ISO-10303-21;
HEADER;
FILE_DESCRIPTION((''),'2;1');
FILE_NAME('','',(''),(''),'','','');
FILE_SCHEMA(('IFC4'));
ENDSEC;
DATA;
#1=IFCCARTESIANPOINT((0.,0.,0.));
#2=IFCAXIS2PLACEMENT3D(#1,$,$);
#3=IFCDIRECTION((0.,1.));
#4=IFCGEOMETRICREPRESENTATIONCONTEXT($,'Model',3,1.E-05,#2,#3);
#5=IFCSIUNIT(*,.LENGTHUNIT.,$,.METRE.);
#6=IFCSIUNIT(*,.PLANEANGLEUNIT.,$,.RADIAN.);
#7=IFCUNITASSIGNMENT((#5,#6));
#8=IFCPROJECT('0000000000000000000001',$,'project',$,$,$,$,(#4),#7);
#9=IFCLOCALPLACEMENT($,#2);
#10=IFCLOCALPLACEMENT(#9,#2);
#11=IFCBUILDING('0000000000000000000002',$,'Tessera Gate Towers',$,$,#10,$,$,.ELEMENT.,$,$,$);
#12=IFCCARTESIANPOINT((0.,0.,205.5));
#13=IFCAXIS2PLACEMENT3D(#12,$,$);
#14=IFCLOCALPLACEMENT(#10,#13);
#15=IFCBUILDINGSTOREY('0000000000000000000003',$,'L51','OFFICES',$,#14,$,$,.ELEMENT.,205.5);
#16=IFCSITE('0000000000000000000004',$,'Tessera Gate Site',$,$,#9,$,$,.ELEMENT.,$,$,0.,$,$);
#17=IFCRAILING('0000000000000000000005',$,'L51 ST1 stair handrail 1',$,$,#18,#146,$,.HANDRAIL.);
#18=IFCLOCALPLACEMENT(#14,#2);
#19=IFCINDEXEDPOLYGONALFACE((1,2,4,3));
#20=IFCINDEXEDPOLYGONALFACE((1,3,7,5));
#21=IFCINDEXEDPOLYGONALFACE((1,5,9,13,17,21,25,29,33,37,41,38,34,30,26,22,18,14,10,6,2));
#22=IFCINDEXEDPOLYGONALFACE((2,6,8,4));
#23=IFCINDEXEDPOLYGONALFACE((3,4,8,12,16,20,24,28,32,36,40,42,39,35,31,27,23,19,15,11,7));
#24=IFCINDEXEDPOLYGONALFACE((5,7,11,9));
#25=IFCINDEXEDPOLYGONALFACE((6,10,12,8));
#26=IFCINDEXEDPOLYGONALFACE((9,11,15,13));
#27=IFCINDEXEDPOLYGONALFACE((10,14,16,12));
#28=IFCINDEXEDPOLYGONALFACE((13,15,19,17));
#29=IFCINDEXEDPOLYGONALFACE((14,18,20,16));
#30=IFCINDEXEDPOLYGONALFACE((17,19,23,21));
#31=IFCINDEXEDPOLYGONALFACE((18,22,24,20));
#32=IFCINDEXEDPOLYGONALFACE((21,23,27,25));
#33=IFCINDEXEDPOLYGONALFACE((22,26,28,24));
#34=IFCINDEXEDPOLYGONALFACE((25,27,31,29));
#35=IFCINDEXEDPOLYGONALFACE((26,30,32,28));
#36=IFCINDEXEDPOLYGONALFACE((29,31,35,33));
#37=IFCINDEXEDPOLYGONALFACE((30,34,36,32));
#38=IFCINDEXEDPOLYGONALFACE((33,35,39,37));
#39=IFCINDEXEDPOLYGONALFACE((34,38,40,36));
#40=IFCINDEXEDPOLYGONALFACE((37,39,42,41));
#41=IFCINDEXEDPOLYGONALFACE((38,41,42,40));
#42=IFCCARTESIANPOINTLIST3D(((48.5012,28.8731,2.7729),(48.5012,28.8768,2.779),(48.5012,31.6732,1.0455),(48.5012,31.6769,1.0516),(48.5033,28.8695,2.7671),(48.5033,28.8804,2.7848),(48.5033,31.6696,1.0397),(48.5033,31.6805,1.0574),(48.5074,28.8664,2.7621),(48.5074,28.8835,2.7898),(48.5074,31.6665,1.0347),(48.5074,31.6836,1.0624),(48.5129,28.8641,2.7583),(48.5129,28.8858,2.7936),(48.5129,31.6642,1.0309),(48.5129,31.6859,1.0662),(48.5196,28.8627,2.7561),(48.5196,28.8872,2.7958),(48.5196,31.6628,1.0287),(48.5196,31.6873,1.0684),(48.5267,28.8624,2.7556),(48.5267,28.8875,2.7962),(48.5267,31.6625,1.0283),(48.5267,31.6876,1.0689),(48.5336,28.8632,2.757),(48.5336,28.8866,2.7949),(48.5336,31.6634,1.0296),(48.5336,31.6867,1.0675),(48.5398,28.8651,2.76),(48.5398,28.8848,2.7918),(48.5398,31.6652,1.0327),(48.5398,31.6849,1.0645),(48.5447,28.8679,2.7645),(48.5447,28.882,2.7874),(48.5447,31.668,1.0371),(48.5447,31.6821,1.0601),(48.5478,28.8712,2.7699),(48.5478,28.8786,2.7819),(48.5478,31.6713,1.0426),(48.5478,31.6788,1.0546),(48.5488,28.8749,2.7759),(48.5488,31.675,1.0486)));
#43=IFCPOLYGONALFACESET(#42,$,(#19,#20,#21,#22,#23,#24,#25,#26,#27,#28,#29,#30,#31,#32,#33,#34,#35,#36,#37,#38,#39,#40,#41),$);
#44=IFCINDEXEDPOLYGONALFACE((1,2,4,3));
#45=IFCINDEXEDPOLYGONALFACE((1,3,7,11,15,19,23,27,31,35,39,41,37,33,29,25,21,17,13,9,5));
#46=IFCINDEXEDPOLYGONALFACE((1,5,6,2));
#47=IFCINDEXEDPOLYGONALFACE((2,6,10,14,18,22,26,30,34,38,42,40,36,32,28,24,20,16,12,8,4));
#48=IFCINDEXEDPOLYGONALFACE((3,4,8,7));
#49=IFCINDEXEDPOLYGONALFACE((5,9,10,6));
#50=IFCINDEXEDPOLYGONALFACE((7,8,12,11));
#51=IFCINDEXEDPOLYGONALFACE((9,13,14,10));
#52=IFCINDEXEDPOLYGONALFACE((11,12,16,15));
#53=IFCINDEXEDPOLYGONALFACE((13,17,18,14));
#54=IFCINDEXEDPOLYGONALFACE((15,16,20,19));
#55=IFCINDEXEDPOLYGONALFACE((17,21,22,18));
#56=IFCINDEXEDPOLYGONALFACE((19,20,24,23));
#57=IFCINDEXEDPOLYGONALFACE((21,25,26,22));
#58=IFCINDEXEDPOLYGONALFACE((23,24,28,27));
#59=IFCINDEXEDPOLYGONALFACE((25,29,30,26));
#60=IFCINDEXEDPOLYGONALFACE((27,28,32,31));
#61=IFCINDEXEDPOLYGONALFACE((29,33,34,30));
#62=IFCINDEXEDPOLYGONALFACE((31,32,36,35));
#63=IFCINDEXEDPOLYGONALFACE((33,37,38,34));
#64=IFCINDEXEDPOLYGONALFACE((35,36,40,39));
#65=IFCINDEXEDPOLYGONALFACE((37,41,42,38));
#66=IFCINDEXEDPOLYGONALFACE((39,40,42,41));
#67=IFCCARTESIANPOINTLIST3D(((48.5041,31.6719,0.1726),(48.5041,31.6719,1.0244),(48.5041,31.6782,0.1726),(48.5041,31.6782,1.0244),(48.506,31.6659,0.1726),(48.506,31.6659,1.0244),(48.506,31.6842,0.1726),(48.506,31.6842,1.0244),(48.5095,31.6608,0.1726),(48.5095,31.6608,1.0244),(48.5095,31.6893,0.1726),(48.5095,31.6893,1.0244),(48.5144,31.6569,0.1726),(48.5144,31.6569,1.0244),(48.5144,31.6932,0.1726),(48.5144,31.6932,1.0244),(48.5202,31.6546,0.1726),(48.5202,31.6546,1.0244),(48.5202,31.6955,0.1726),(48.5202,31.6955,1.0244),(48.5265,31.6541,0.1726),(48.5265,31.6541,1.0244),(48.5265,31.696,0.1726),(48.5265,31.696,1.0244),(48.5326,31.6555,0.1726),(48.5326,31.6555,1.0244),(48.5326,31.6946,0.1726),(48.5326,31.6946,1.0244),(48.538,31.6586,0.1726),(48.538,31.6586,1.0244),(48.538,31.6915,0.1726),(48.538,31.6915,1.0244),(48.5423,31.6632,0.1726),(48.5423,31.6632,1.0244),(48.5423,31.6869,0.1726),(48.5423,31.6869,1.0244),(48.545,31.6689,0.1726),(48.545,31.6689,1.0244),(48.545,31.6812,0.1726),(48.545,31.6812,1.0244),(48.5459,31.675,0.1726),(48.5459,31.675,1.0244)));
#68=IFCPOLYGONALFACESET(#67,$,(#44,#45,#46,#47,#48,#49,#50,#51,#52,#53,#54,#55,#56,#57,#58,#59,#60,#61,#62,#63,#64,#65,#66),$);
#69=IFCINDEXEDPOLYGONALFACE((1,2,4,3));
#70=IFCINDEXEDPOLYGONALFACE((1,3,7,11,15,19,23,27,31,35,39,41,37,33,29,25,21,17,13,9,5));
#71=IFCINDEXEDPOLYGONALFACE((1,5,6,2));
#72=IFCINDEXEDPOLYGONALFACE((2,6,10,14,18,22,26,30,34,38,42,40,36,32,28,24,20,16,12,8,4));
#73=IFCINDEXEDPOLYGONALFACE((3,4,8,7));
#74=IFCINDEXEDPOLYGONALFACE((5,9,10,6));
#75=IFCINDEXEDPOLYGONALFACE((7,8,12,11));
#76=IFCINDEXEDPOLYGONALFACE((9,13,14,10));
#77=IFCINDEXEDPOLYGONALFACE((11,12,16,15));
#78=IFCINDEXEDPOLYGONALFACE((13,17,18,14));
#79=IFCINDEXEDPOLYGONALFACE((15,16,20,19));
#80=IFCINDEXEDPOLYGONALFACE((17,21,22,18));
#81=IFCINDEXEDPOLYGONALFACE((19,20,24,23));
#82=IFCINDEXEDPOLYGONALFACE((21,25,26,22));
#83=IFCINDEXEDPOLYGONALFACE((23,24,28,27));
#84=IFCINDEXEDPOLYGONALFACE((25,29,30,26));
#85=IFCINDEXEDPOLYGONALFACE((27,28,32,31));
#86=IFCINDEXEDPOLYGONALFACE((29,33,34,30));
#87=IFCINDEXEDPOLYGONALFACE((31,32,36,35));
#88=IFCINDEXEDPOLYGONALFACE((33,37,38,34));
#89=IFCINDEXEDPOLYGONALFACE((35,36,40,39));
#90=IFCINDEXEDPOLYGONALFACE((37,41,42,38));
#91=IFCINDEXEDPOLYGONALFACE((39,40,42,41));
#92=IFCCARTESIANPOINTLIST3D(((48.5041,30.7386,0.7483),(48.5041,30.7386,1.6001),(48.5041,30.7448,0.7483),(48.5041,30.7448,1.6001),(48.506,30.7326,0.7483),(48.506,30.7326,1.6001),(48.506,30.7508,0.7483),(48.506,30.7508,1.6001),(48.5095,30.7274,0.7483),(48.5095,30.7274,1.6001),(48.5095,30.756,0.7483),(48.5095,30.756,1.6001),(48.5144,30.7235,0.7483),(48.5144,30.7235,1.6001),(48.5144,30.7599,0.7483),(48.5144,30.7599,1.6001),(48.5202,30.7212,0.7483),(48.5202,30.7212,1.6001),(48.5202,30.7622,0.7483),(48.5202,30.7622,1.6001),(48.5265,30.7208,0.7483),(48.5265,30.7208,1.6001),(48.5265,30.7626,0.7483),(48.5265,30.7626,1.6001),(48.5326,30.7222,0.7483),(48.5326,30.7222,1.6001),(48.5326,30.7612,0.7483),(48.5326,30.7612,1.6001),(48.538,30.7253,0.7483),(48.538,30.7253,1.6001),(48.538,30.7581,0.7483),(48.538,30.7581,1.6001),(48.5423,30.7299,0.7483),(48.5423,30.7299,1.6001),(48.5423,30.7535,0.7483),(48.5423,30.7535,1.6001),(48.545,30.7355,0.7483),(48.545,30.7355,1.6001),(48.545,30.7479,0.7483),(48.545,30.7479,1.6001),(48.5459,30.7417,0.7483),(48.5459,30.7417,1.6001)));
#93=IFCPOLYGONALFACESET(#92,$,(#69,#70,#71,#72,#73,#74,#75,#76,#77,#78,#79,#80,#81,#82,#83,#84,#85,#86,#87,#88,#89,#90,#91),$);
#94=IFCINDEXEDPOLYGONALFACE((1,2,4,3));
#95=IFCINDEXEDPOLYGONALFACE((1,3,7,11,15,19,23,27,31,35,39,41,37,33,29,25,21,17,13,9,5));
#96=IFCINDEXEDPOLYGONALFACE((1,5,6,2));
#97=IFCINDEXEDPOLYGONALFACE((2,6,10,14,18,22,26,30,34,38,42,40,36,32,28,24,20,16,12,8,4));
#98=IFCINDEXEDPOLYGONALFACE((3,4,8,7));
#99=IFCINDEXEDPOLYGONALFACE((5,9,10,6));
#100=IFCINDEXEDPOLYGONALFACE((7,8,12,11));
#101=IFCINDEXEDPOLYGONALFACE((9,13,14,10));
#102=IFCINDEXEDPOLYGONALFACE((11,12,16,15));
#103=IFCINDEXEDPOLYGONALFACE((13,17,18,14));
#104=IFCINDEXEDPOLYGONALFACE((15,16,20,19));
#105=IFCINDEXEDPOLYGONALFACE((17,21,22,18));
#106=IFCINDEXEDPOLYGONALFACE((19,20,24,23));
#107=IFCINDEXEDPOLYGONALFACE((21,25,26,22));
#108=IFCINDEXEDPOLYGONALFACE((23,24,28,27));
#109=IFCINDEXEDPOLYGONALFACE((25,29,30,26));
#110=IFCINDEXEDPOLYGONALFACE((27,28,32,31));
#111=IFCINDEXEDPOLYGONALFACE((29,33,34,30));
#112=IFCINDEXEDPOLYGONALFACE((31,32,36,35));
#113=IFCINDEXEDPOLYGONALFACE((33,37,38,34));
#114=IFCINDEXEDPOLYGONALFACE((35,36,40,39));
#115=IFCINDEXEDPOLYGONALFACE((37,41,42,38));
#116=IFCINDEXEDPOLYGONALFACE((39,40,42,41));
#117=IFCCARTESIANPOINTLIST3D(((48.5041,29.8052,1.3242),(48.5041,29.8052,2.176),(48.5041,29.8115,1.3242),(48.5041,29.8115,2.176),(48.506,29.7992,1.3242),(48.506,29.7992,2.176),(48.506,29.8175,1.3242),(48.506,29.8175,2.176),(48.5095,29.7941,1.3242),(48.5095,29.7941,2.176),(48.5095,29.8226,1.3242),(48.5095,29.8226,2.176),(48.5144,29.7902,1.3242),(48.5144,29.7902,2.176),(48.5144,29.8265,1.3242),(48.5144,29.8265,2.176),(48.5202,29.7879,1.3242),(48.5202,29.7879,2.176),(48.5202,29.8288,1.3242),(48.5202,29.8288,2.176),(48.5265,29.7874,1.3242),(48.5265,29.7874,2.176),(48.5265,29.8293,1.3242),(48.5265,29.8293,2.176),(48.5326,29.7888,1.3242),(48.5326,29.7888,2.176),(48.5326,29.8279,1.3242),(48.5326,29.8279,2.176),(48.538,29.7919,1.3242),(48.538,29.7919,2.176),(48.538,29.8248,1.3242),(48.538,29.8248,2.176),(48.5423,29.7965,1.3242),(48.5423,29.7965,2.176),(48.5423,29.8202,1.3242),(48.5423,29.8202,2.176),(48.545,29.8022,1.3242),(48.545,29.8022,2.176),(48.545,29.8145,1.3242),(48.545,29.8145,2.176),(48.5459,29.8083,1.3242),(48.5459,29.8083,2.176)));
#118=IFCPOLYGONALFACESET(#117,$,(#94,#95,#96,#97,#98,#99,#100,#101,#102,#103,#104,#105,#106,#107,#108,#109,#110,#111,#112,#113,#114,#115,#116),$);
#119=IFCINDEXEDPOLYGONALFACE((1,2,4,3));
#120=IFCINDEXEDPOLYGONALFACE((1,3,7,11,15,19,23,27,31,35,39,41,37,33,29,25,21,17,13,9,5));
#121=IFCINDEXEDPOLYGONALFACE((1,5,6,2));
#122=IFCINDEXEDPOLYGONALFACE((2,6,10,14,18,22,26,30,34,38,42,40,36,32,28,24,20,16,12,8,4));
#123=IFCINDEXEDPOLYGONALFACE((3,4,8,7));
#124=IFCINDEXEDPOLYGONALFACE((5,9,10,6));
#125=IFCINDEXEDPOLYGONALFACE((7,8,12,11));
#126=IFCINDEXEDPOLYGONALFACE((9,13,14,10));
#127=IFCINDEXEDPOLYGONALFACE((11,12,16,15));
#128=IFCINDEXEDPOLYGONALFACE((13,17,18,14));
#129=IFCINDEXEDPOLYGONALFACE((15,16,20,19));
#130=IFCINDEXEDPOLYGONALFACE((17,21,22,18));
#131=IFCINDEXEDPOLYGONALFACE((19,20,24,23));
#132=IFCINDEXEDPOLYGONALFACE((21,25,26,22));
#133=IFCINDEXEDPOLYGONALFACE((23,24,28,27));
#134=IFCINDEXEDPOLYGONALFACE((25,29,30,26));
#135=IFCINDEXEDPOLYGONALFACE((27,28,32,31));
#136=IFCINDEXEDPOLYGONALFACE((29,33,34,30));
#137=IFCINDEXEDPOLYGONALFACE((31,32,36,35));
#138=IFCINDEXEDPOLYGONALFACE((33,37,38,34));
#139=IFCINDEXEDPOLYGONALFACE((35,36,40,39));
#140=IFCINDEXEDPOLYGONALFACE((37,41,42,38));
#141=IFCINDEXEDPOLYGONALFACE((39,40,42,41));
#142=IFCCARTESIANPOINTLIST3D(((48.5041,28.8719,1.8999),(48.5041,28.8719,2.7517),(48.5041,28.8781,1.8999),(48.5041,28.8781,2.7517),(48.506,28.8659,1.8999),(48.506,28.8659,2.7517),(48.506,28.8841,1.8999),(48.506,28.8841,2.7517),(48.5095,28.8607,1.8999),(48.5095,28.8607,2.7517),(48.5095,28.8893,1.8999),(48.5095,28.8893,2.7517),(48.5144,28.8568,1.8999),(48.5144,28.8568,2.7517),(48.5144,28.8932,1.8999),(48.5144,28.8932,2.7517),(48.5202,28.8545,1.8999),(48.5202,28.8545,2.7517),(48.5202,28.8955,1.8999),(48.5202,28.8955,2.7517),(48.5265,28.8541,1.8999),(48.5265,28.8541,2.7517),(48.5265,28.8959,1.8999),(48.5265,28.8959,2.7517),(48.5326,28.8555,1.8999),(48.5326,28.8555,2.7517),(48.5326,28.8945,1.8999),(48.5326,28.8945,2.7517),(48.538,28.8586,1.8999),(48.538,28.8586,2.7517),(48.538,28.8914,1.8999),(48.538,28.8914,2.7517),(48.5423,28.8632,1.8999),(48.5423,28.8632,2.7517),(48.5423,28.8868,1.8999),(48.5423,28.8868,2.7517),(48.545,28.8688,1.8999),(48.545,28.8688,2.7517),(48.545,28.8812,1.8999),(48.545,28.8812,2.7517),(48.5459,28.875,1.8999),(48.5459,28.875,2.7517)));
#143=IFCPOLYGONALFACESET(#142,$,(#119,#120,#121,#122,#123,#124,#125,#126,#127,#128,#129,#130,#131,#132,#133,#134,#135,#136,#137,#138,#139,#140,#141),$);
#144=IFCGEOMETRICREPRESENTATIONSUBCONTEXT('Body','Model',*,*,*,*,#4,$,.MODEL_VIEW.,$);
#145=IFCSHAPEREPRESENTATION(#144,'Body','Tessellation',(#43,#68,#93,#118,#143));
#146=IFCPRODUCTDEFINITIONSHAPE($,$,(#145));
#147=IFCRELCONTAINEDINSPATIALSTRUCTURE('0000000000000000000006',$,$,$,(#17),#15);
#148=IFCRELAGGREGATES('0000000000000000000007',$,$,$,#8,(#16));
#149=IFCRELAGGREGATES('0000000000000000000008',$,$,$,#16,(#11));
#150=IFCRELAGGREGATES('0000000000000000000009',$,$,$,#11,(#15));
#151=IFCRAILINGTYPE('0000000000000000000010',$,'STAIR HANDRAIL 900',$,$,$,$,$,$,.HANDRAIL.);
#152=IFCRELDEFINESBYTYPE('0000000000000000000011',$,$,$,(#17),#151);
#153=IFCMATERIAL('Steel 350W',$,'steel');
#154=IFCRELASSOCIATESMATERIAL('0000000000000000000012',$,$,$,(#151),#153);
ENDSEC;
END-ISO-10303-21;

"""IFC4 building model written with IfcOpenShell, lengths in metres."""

from ifc_helpers import new_model, si_unit, direction, frame, origin, origin_2d, place, context, subcontext, project, spatial, circle, extrude, material, type_object, element, save


model = new_model("IFC4")

# Units and contexts
model_context = context("Model", 3, precision=1e-05, world=origin(), true_north=direction((0.0, 1.0)))
body_context = subcontext(model_context, "Body", "Model", "MODEL_VIEW")
ifc_project = project(units=[si_unit("LENGTHUNIT", "METRE"), si_unit("PLANEANGLEUNIT", "RADIAN")], contexts=[model_context])

# Site, building, storey
site_placement = place(None, origin())
site = spatial("IfcSite", under=ifc_project, at=site_placement, Name="Tessera Gate Site", CompositionType="ELEMENT", RefElevation=0.0)
building_placement = place(site_placement, origin())
building = spatial("IfcBuilding", under=site, at=building_placement, Name="Tessera Gate Towers", CompositionType="ELEMENT")
storey_placement = place(building_placement, frame((0.0, 0.0, 205.5)))
storey = spatial("IfcBuildingStorey", under=building, at=storey_placement, Name="L51", Description="OFFICES", CompositionType="ELEMENT", Elevation=205.5)

# Railing
ifc_material_1 = material(Name="Steel 350W", Category="steel")
railing_type_1 = type_object("IfcRailingType", Name="STAIR HANDRAIL 900", PredefinedType="HANDRAIL", material=ifc_material_1)
railing_1_placement = place(storey_placement, frame((48.5249, 31.675, 0.1726)))
element("IfcRailing", 1, at=railing_1_placement, inside=storey, type_object=railing_type_1, Name="L51 ST1 stair handrail 1", PredefinedType="HANDRAIL", context=body_context, shape_type="SweptSolid", body=[
    extrude(circle(Radius=0.0239, at=origin_2d()), frame((0.0, 0.0, 0.876), z_axis=(0.0, -0.85109, 0.52502), x_axis=(1.0, 0.0, 0.0)), (0.0, 0.0, 1.0), 3.29),
    extrude(circle(Radius=0.021, at=origin_2d()), origin(), (0.0, 0.0, 1.0), 0.8518),
    extrude(circle(Radius=0.021, at=origin_2d()), frame((0.0, -0.9333, 0.5757)), (0.0, 0.0, 1.0), 0.8518),
    extrude(circle(Radius=0.021, at=origin_2d()), frame((0.0, -1.8667, 1.1516)), (0.0, 0.0, 1.0), 0.8518),
    extrude(circle(Radius=0.021, at=origin_2d()), frame((0.0, -2.8, 1.7273)), (0.0, 0.0, 1.0), 0.8518),
])

save(model, "model.ifc")
